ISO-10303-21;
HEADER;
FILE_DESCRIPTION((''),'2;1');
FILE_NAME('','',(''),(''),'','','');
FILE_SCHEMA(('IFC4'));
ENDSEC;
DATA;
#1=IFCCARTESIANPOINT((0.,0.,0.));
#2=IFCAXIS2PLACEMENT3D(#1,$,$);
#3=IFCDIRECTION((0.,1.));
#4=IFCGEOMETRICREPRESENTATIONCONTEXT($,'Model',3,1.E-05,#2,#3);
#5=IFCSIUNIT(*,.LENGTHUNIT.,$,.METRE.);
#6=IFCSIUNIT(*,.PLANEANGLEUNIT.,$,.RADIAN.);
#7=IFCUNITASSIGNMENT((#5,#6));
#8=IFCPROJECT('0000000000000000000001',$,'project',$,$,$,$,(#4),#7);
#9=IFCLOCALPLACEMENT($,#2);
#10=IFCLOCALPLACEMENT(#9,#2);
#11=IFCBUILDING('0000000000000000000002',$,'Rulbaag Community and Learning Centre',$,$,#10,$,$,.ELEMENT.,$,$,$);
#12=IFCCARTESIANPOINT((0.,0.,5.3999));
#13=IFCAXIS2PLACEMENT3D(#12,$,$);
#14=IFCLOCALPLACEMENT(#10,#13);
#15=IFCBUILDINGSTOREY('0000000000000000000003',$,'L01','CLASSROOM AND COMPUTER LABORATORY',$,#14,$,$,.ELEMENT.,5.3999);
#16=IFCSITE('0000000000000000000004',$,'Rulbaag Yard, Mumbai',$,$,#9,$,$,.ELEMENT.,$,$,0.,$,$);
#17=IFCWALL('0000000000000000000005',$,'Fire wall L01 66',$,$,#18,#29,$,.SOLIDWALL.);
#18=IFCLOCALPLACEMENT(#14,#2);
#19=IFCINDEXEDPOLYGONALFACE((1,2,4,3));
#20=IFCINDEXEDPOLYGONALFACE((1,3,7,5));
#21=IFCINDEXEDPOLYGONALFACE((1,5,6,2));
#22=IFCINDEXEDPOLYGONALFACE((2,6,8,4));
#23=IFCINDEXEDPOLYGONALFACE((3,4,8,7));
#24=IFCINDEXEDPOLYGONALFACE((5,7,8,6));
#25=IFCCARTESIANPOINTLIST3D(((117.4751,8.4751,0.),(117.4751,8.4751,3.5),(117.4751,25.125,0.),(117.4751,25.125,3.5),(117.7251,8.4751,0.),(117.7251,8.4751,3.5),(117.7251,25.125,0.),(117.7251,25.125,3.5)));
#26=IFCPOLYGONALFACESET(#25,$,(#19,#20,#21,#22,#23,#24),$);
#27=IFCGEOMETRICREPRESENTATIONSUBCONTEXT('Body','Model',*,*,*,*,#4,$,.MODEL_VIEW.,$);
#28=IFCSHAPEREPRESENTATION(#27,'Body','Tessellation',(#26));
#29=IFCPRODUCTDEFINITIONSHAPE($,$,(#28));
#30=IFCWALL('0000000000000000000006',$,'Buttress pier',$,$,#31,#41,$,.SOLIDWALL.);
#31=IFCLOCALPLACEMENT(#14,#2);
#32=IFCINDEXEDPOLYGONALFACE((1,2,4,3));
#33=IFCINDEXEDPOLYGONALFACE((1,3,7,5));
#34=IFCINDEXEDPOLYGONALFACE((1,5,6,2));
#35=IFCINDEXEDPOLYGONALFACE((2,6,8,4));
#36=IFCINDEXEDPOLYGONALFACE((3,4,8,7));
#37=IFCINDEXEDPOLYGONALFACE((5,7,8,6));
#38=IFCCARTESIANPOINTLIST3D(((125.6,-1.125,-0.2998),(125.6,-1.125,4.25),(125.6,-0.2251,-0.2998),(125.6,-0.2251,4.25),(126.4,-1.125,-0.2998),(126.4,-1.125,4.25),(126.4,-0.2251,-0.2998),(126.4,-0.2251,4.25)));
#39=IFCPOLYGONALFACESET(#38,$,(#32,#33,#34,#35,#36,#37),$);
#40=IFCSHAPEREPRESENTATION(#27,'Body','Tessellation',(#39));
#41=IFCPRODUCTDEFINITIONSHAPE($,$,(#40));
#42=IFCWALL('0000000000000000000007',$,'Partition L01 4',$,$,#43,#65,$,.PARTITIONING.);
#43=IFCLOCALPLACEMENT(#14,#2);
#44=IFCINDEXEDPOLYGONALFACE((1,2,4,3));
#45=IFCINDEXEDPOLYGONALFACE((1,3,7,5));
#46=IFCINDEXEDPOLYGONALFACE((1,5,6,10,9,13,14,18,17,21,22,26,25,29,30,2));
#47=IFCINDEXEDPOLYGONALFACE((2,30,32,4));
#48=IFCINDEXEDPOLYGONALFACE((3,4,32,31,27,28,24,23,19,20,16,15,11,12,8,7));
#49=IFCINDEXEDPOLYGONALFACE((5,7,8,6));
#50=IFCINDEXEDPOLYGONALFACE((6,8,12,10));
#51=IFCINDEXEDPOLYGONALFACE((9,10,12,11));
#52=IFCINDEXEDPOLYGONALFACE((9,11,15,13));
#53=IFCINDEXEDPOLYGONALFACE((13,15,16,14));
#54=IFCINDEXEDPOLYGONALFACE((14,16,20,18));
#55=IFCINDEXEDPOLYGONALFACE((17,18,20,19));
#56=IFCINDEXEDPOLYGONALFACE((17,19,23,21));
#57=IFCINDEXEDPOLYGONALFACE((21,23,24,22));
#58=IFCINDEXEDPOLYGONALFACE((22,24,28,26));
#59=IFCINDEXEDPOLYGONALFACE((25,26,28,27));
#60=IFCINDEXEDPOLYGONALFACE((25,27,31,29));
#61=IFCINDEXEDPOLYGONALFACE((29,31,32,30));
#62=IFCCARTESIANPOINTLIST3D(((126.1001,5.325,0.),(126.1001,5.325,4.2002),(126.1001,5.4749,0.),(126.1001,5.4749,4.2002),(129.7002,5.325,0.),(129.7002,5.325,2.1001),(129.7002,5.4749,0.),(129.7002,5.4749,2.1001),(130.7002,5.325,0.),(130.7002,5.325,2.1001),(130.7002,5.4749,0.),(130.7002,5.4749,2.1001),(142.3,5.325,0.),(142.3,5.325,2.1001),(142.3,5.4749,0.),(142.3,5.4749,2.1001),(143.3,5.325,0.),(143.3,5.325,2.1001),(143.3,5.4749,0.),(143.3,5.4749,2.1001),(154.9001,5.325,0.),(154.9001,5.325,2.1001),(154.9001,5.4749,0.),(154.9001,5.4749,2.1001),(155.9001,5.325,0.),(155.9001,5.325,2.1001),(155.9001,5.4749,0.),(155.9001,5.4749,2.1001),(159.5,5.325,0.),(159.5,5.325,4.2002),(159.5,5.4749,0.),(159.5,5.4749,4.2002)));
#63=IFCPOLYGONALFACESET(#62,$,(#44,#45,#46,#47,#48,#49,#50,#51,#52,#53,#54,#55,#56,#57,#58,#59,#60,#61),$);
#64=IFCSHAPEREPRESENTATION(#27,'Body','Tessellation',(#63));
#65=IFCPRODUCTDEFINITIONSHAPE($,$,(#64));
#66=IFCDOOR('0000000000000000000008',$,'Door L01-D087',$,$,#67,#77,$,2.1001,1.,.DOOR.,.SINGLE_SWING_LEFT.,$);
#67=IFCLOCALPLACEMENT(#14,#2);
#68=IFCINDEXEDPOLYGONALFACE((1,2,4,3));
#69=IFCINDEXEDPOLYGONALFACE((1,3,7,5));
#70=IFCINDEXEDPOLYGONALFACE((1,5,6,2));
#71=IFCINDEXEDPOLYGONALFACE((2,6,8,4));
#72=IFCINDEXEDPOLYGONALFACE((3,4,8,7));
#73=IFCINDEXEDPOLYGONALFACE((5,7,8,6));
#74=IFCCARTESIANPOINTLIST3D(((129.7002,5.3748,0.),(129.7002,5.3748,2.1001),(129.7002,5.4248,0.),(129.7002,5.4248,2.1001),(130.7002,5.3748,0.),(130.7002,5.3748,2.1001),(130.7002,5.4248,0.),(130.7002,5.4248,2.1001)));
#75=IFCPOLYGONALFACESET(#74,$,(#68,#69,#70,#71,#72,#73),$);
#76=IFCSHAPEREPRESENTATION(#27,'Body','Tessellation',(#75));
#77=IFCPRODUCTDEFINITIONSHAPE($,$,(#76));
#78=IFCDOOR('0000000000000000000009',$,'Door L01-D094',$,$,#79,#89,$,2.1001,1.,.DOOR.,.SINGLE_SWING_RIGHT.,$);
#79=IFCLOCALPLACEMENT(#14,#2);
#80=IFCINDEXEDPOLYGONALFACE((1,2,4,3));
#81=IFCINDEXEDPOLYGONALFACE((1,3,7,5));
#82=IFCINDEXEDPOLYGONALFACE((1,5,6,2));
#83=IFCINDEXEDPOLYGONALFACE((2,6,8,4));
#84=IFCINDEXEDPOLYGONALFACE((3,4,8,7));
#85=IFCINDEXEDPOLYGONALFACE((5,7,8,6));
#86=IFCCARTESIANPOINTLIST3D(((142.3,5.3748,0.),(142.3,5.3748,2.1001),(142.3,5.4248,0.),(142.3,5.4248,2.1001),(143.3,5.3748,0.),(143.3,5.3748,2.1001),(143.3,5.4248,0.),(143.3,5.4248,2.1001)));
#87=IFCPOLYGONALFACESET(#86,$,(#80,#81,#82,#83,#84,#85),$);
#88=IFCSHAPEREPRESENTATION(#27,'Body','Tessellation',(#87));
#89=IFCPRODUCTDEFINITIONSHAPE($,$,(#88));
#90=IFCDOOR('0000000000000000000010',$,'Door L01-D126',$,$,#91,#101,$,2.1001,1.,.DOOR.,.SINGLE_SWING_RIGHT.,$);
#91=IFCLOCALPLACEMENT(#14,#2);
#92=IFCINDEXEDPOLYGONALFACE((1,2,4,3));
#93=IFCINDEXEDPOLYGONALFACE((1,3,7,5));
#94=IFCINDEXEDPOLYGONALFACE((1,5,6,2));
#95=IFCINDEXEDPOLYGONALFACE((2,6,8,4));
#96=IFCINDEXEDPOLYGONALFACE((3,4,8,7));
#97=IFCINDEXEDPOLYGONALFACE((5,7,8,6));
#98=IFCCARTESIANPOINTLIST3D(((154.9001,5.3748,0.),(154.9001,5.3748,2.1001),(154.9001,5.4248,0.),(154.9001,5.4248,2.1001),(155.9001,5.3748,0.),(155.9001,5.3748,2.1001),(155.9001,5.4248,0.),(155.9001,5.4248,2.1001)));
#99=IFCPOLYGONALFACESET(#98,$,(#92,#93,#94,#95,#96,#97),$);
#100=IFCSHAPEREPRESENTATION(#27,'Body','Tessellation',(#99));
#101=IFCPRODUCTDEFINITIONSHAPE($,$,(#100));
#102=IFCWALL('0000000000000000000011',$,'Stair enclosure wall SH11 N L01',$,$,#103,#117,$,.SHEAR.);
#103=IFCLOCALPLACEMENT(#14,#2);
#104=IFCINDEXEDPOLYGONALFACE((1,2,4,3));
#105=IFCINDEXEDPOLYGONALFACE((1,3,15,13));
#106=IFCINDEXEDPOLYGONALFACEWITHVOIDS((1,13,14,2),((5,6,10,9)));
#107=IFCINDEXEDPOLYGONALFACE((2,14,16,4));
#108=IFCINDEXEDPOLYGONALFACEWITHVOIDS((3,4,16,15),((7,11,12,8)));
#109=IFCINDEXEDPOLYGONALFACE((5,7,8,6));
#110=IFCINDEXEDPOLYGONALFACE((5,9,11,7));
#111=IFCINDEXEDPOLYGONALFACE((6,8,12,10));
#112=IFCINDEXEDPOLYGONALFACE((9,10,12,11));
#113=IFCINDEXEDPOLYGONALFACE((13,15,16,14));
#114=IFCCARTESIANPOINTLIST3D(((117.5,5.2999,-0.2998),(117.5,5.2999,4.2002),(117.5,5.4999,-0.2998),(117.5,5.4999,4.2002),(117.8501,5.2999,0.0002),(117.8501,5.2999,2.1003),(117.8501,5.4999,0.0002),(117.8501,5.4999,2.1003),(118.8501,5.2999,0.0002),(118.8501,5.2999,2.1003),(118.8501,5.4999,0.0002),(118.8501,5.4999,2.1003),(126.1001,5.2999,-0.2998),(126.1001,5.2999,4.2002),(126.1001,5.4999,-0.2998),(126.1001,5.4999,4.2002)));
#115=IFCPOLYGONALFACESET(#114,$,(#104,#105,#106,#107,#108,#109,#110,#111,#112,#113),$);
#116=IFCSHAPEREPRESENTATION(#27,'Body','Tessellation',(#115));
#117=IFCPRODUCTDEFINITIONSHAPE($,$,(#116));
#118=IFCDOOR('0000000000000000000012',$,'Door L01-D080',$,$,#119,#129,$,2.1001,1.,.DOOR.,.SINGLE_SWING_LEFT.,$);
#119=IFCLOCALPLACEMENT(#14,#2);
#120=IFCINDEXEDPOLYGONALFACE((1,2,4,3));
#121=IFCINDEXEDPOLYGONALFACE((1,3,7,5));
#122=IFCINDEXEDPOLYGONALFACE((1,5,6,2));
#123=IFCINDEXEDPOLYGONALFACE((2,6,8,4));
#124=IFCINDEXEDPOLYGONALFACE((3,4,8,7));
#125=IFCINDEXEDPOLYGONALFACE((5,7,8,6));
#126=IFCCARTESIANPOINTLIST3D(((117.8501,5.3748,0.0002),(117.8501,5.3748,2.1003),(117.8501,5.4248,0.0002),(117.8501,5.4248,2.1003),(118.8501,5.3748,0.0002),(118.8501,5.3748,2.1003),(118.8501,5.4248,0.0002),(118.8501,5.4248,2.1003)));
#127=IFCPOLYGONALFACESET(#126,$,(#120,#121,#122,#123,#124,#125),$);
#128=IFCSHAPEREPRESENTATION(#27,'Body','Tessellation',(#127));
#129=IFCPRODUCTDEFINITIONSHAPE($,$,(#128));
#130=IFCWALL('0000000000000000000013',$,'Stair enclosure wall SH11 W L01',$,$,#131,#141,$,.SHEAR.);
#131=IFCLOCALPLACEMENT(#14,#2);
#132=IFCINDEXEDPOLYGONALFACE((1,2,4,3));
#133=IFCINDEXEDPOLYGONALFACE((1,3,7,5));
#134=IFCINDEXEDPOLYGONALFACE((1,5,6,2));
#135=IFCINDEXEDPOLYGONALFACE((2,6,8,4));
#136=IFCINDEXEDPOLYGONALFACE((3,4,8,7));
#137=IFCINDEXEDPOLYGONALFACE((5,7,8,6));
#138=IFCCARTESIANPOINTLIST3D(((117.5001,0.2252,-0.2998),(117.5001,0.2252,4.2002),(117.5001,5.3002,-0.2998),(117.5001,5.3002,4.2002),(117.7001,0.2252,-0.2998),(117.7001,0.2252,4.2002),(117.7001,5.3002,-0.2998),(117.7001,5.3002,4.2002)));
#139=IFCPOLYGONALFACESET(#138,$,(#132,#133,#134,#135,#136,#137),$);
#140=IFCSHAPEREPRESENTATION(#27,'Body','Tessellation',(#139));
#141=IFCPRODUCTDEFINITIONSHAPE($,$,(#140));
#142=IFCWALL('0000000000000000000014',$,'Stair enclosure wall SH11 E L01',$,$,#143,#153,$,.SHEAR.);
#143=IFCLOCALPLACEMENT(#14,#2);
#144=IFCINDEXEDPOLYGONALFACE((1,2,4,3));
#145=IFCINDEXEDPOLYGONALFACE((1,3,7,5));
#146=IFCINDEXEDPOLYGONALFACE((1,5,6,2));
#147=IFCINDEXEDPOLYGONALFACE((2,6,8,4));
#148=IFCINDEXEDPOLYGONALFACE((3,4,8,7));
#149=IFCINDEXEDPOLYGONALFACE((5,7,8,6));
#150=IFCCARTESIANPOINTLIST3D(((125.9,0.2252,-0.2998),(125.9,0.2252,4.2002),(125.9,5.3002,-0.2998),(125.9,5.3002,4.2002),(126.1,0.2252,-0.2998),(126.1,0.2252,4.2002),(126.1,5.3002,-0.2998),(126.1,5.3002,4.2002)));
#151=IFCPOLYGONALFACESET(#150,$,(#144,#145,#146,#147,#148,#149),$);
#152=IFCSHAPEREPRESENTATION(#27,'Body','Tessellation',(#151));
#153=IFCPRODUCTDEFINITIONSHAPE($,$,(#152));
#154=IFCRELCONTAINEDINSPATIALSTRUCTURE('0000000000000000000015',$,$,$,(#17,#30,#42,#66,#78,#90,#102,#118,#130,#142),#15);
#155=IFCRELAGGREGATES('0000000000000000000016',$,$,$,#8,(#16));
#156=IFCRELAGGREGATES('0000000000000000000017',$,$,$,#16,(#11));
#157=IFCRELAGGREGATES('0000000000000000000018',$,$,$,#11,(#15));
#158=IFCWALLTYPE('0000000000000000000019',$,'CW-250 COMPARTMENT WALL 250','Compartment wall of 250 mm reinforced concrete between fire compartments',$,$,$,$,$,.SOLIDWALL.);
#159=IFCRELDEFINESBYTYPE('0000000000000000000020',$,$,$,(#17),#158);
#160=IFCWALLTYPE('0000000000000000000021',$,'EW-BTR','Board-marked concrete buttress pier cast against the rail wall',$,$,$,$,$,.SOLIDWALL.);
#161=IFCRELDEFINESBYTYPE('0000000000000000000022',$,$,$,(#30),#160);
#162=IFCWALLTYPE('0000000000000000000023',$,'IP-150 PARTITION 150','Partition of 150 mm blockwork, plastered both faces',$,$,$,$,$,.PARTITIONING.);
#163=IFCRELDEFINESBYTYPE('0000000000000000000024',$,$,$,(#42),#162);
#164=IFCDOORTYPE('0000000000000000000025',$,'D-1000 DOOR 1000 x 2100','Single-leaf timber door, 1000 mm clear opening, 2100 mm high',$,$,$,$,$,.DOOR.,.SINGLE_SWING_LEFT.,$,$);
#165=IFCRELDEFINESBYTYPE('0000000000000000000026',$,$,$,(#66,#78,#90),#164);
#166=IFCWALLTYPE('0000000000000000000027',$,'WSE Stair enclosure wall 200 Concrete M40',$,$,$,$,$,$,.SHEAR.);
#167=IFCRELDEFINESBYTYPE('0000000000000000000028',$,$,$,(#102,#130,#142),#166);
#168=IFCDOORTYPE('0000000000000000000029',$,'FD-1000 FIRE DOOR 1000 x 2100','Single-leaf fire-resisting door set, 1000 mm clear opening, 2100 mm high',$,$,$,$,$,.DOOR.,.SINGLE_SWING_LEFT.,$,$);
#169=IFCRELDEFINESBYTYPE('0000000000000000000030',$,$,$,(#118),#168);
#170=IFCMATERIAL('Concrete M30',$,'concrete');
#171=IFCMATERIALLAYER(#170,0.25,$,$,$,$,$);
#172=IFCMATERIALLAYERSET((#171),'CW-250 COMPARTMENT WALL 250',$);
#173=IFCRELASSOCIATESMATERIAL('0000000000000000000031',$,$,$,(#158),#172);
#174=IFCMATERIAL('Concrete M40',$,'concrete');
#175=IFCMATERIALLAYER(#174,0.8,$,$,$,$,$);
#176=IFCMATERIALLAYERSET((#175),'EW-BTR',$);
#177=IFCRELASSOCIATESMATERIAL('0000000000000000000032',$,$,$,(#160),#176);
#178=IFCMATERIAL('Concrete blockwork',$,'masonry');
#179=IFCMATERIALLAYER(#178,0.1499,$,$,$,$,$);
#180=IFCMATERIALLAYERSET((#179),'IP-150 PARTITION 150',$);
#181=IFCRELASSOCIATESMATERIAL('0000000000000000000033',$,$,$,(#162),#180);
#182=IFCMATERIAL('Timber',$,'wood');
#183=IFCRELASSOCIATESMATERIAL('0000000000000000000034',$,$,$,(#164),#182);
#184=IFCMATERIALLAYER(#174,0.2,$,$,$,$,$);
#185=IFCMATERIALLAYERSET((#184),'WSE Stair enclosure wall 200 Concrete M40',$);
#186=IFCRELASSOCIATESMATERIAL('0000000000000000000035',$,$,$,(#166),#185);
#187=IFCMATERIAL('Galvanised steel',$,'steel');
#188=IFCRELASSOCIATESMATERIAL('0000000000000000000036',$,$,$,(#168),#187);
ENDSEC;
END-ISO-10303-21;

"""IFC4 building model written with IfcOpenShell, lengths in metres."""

from ifc_helpers import new_model, si_unit, direction, frame, frame_2d, origin, place, context, subcontext, project, spatial, rectangle, extrude, material, layer, layer_set, type_object, element, fill, save


model = new_model("IFC4")

# Units and contexts
model_context = context("Model", 3, precision=1e-05, world=origin(), true_north=direction((0.0, 1.0)))
body_context = subcontext(model_context, "Body", "Model", "MODEL_VIEW")
ifc_project = project(units=[si_unit("LENGTHUNIT", "METRE"), si_unit("PLANEANGLEUNIT", "RADIAN")], contexts=[model_context])

# Site, building, storey
site_placement = place(None, origin())
site = spatial("IfcSite", under=ifc_project, at=site_placement, Name="Rulbaag Yard, Mumbai", CompositionType="ELEMENT", RefElevation=0.0)
building_placement = place(site_placement, origin())
building = spatial("IfcBuilding", under=site, at=building_placement, Name="Rulbaag Community and Learning Centre", CompositionType="ELEMENT")
storey_placement = place(building_placement, frame((0.0, 0.0, 5.3999)))
storey = spatial("IfcBuildingStorey", under=building, at=storey_placement, Name="L01", Description="CLASSROOM AND COMPUTER LABORATORY", CompositionType="ELEMENT", Elevation=5.3999)

# Shared definitions
ifc_material_1 = material(Name="Concrete M40", Category="concrete")

# Walls
ifc_material_2 = material(Name="Concrete M30", Category="concrete")
ifc_layer_1 = layer(ifc_material_2, 0.25)
ifc_layer_set_1 = layer_set([ifc_layer_1], Name="CW-250 COMPARTMENT WALL 250")
wall_type_1 = type_object("IfcWallType", Name="CW-250 COMPARTMENT WALL 250", Description="Compartment wall of 250 mm reinforced concrete between fire compartments", PredefinedType="SOLIDWALL", material=ifc_layer_set_1)
wall_1_placement = place(storey_placement, frame((117.6001, 8.4751, 0.0), z_axis=(0.0, 0.0, 1.0), x_axis=(0.0, 1.0, 0.0)))
element("IfcWall", 1, at=wall_1_placement, inside=storey, type_object=wall_type_1, Name="Fire wall L01 66", PredefinedType="SOLIDWALL", context=body_context, shape_type="SweptSolid", body=[
    extrude(rectangle(XDim=16.6499, YDim=0.25, at=frame_2d((8.325, 0.0))), origin(), (0.0, 0.0, 1.0), 3.5),
])
ifc_layer_2 = layer(ifc_material_1, 0.8)
ifc_layer_set_2 = layer_set([ifc_layer_2], Name="EW-BTR")
wall_type_2 = type_object("IfcWallType", Name="EW-BTR", Description="Board-marked concrete buttress pier cast against the rail wall", PredefinedType="SOLIDWALL", material=ifc_layer_set_2)
wall_2_placement = place(storey_placement, frame((126.0, -0.2251, -0.2998), z_axis=(0.0, 0.0, 1.0), x_axis=(0.0, -1.0, 0.0)))
element("IfcWall", 2, at=wall_2_placement, inside=storey, type_object=wall_type_2, Name="Buttress pier", PredefinedType="SOLIDWALL", context=body_context, shape_type="SweptSolid", body=[
    extrude(rectangle(XDim=0.8999, YDim=0.8, at=frame_2d((0.45, 0.0))), origin(), (0.0, 0.0, 1.0), 4.5498),
])

# Wall, openings, doors
ifc_material_3 = material(Name="Concrete blockwork", Category="masonry")
ifc_layer_3 = layer(ifc_material_3, 0.1499)
ifc_layer_set_3 = layer_set([ifc_layer_3], Name="IP-150 PARTITION 150")
wall_type_3 = type_object("IfcWallType", Name="IP-150 PARTITION 150", Description="Partition of 150 mm blockwork, plastered both faces", PredefinedType="PARTITIONING", material=ifc_layer_set_3)
wall_3_placement = place(storey_placement, frame((126.1001, 5.3999, 0.0), z_axis=(0.0, 0.0, 1.0), x_axis=(1.0, 0.0, 0.0)))
wall_3 = element("IfcWall", 3, at=wall_3_placement, inside=storey, type_object=wall_type_3, Name="Partition L01 4", PredefinedType="PARTITIONING", context=body_context, shape_type="SweptSolid", body=[
    extrude(rectangle(XDim=33.3999, YDim=0.1499, at=frame_2d((16.7, 0.0))), origin(), (0.0, 0.0, 1.0), 4.2002),
])
opening_1_placement = place(wall_3_placement, frame((3.6001, 0.0, 0.0)))
opening_1 = element("IfcOpeningElement", 4, at=opening_1_placement, cuts=wall_3, PredefinedType="OPENING", context=body_context, shape_type="SweptSolid", body=[
    extrude(rectangle(XDim=1.0, YDim=2.1001, at=frame_2d((0.5, 1.05))), frame((0.0, 0.085, 0.0), z_axis=(0.0, -1.0, 0.0), x_axis=(1.0, 0.0, 0.0)), (0.0, 0.0, 1.0), 0.1699),
])
opening_2_placement = place(wall_3_placement, frame((16.2, 0.0, 0.0)))
opening_2 = element("IfcOpeningElement", 5, at=opening_2_placement, cuts=wall_3, PredefinedType="OPENING", context=body_context, shape_type="SweptSolid", body=[
    extrude(rectangle(XDim=1.0, YDim=2.1001, at=frame_2d((0.5, 1.05))), frame((0.0, 0.085, 0.0), z_axis=(0.0, -1.0, 0.0), x_axis=(1.0, 0.0, 0.0)), (0.0, 0.0, 1.0), 0.1699),
])
opening_3_placement = place(wall_3_placement, frame((28.8, 0.0, 0.0)))
opening_3 = element("IfcOpeningElement", 6, at=opening_3_placement, cuts=wall_3, PredefinedType="OPENING", context=body_context, shape_type="SweptSolid", body=[
    extrude(rectangle(XDim=1.0, YDim=2.1001, at=frame_2d((0.5, 1.05))), frame((0.0, 0.085, 0.0), z_axis=(0.0, -1.0, 0.0), x_axis=(1.0, 0.0, 0.0)), (0.0, 0.0, 1.0), 0.1699),
])
ifc_material_4 = material(Name="Timber", Category="wood")
door_type_1 = type_object("IfcDoorType", Name="D-1000 DOOR 1000 x 2100", Description="Single-leaf timber door, 1000 mm clear opening, 2100 mm high", OperationType="SINGLE_SWING_LEFT", PredefinedType="DOOR", material=ifc_material_4)
door_1_placement = place(opening_1_placement, origin())
door_1 = element("IfcDoor", 7, at=door_1_placement, inside=storey, type_object=door_type_1, Name="Door L01-D087", OperationType="SINGLE_SWING_LEFT", OverallHeight=2.1001, OverallWidth=1.0, PredefinedType="DOOR", context=body_context, shape_type="SweptSolid", body=[
    extrude(rectangle(XDim=1.0, YDim=2.1001, at=frame_2d((0.5, 1.05))), frame((0.0, 0.0249, 0.0), z_axis=(0.0, -1.0, 0.0), x_axis=(1.0, 0.0, 0.0)), (0.0, 0.0, 1.0), 0.05),
])
fill(opening_1, door_1)
door_2_placement = place(opening_2_placement, origin())
door_2 = element("IfcDoor", 8, at=door_2_placement, inside=storey, type_object=door_type_1, Name="Door L01-D094", OperationType="SINGLE_SWING_RIGHT", OverallHeight=2.1001, OverallWidth=1.0, PredefinedType="DOOR", context=body_context, shape_type="SweptSolid", body=[
    extrude(rectangle(XDim=1.0, YDim=2.1001, at=frame_2d((0.5, 1.05))), frame((0.0, 0.0249, 0.0), z_axis=(0.0, -1.0, 0.0), x_axis=(1.0, 0.0, 0.0)), (0.0, 0.0, 1.0), 0.05),
])
fill(opening_2, door_2)
door_3_placement = place(opening_3_placement, origin())
door_3 = element("IfcDoor", 9, at=door_3_placement, inside=storey, type_object=door_type_1, Name="Door L01-D126", OperationType="SINGLE_SWING_RIGHT", OverallHeight=2.1001, OverallWidth=1.0, PredefinedType="DOOR", context=body_context, shape_type="SweptSolid", body=[
    extrude(rectangle(XDim=1.0, YDim=2.1001, at=frame_2d((0.5, 1.05))), frame((0.0, 0.0249, 0.0), z_axis=(0.0, -1.0, 0.0), x_axis=(1.0, 0.0, 0.0)), (0.0, 0.0, 1.0), 0.05),
])
fill(opening_3, door_3)

# Wall, opening, door
ifc_layer_4 = layer(ifc_material_1, 0.2)
ifc_layer_set_4 = layer_set([ifc_layer_4], Name="WSE Stair enclosure wall 200 Concrete M40")
wall_type_4 = type_object("IfcWallType", Name="WSE Stair enclosure wall 200 Concrete M40", PredefinedType="SHEAR", material=ifc_layer_set_4)
wall_4_placement = place(storey_placement, frame((117.5, 5.3999, -0.2998), z_axis=(0.0, 0.0, 1.0), x_axis=(1.0, 0.0, 0.0)))
wall_4 = element("IfcWall", 10, at=wall_4_placement, inside=storey, type_object=wall_type_4, Name="Stair enclosure wall SH11 N L01", PredefinedType="SHEAR", context=body_context, shape_type="SweptSolid", body=[
    extrude(rectangle(XDim=8.6001, YDim=0.2, at=frame_2d((4.3, 0.0))), origin(), (0.0, 0.0, 1.0), 4.5),
])
opening_4_placement = place(wall_4_placement, frame((0.3501, 0.0, 0.3)))
opening_4 = element("IfcOpeningElement", 11, at=opening_4_placement, cuts=wall_4, PredefinedType="OPENING", context=body_context, shape_type="SweptSolid", body=[
    extrude(rectangle(XDim=1.0, YDim=2.1001, at=frame_2d((0.5, 1.05))), frame((0.0, 0.1099, 0.0), z_axis=(0.0, -1.0, 0.0), x_axis=(1.0, 0.0, 0.0)), (0.0, 0.0, 1.0), 0.22),
])
ifc_material_5 = material(Name="Galvanised steel", Category="steel")
door_type_2 = type_object("IfcDoorType", Name="FD-1000 FIRE DOOR 1000 x 2100", Description="Single-leaf fire-resisting door set, 1000 mm clear opening, 2100 mm high", OperationType="SINGLE_SWING_LEFT", PredefinedType="DOOR", material=ifc_material_5)
door_4_placement = place(opening_4_placement, origin())
door_4 = element("IfcDoor", 12, at=door_4_placement, inside=storey, type_object=door_type_2, Name="Door L01-D080", OperationType="SINGLE_SWING_LEFT", OverallHeight=2.1001, OverallWidth=1.0, PredefinedType="DOOR", context=body_context, shape_type="SweptSolid", body=[
    extrude(rectangle(XDim=1.0, YDim=2.1001, at=frame_2d((0.5, 1.05))), frame((0.0, 0.0249, 0.0), z_axis=(0.0, -1.0, 0.0), x_axis=(1.0, 0.0, 0.0)), (0.0, 0.0, 1.0), 0.05),
])
fill(opening_4, door_4)

# Walls
for number, where, z_axis, x_axis, name in (
    (13, (117.6001, 0.2251, -0.2998), (0.0, 0.0, 1.0), (0.0, 1.0, 0.0), "Stair enclosure wall SH11 W L01"),
    (14, (126.0, 0.2251, -0.2998), (0.0, 0.0, 1.0), (0.0, 1.0, 0.0), "Stair enclosure wall SH11 E L01"),
):
    element("IfcWall", number, at=place(storey_placement, frame(where, z_axis=z_axis, x_axis=x_axis)), inside=storey, type_object=wall_type_4, Name=name, PredefinedType="SHEAR", context=body_context, shape_type="SweptSolid", body=[
        extrude(rectangle(XDim=5.075, YDim=0.2, at=frame_2d((2.5376, 0.0))), origin(), (0.0, 0.0, 1.0), 4.5),
    ])

save(model, "model.ifc")
